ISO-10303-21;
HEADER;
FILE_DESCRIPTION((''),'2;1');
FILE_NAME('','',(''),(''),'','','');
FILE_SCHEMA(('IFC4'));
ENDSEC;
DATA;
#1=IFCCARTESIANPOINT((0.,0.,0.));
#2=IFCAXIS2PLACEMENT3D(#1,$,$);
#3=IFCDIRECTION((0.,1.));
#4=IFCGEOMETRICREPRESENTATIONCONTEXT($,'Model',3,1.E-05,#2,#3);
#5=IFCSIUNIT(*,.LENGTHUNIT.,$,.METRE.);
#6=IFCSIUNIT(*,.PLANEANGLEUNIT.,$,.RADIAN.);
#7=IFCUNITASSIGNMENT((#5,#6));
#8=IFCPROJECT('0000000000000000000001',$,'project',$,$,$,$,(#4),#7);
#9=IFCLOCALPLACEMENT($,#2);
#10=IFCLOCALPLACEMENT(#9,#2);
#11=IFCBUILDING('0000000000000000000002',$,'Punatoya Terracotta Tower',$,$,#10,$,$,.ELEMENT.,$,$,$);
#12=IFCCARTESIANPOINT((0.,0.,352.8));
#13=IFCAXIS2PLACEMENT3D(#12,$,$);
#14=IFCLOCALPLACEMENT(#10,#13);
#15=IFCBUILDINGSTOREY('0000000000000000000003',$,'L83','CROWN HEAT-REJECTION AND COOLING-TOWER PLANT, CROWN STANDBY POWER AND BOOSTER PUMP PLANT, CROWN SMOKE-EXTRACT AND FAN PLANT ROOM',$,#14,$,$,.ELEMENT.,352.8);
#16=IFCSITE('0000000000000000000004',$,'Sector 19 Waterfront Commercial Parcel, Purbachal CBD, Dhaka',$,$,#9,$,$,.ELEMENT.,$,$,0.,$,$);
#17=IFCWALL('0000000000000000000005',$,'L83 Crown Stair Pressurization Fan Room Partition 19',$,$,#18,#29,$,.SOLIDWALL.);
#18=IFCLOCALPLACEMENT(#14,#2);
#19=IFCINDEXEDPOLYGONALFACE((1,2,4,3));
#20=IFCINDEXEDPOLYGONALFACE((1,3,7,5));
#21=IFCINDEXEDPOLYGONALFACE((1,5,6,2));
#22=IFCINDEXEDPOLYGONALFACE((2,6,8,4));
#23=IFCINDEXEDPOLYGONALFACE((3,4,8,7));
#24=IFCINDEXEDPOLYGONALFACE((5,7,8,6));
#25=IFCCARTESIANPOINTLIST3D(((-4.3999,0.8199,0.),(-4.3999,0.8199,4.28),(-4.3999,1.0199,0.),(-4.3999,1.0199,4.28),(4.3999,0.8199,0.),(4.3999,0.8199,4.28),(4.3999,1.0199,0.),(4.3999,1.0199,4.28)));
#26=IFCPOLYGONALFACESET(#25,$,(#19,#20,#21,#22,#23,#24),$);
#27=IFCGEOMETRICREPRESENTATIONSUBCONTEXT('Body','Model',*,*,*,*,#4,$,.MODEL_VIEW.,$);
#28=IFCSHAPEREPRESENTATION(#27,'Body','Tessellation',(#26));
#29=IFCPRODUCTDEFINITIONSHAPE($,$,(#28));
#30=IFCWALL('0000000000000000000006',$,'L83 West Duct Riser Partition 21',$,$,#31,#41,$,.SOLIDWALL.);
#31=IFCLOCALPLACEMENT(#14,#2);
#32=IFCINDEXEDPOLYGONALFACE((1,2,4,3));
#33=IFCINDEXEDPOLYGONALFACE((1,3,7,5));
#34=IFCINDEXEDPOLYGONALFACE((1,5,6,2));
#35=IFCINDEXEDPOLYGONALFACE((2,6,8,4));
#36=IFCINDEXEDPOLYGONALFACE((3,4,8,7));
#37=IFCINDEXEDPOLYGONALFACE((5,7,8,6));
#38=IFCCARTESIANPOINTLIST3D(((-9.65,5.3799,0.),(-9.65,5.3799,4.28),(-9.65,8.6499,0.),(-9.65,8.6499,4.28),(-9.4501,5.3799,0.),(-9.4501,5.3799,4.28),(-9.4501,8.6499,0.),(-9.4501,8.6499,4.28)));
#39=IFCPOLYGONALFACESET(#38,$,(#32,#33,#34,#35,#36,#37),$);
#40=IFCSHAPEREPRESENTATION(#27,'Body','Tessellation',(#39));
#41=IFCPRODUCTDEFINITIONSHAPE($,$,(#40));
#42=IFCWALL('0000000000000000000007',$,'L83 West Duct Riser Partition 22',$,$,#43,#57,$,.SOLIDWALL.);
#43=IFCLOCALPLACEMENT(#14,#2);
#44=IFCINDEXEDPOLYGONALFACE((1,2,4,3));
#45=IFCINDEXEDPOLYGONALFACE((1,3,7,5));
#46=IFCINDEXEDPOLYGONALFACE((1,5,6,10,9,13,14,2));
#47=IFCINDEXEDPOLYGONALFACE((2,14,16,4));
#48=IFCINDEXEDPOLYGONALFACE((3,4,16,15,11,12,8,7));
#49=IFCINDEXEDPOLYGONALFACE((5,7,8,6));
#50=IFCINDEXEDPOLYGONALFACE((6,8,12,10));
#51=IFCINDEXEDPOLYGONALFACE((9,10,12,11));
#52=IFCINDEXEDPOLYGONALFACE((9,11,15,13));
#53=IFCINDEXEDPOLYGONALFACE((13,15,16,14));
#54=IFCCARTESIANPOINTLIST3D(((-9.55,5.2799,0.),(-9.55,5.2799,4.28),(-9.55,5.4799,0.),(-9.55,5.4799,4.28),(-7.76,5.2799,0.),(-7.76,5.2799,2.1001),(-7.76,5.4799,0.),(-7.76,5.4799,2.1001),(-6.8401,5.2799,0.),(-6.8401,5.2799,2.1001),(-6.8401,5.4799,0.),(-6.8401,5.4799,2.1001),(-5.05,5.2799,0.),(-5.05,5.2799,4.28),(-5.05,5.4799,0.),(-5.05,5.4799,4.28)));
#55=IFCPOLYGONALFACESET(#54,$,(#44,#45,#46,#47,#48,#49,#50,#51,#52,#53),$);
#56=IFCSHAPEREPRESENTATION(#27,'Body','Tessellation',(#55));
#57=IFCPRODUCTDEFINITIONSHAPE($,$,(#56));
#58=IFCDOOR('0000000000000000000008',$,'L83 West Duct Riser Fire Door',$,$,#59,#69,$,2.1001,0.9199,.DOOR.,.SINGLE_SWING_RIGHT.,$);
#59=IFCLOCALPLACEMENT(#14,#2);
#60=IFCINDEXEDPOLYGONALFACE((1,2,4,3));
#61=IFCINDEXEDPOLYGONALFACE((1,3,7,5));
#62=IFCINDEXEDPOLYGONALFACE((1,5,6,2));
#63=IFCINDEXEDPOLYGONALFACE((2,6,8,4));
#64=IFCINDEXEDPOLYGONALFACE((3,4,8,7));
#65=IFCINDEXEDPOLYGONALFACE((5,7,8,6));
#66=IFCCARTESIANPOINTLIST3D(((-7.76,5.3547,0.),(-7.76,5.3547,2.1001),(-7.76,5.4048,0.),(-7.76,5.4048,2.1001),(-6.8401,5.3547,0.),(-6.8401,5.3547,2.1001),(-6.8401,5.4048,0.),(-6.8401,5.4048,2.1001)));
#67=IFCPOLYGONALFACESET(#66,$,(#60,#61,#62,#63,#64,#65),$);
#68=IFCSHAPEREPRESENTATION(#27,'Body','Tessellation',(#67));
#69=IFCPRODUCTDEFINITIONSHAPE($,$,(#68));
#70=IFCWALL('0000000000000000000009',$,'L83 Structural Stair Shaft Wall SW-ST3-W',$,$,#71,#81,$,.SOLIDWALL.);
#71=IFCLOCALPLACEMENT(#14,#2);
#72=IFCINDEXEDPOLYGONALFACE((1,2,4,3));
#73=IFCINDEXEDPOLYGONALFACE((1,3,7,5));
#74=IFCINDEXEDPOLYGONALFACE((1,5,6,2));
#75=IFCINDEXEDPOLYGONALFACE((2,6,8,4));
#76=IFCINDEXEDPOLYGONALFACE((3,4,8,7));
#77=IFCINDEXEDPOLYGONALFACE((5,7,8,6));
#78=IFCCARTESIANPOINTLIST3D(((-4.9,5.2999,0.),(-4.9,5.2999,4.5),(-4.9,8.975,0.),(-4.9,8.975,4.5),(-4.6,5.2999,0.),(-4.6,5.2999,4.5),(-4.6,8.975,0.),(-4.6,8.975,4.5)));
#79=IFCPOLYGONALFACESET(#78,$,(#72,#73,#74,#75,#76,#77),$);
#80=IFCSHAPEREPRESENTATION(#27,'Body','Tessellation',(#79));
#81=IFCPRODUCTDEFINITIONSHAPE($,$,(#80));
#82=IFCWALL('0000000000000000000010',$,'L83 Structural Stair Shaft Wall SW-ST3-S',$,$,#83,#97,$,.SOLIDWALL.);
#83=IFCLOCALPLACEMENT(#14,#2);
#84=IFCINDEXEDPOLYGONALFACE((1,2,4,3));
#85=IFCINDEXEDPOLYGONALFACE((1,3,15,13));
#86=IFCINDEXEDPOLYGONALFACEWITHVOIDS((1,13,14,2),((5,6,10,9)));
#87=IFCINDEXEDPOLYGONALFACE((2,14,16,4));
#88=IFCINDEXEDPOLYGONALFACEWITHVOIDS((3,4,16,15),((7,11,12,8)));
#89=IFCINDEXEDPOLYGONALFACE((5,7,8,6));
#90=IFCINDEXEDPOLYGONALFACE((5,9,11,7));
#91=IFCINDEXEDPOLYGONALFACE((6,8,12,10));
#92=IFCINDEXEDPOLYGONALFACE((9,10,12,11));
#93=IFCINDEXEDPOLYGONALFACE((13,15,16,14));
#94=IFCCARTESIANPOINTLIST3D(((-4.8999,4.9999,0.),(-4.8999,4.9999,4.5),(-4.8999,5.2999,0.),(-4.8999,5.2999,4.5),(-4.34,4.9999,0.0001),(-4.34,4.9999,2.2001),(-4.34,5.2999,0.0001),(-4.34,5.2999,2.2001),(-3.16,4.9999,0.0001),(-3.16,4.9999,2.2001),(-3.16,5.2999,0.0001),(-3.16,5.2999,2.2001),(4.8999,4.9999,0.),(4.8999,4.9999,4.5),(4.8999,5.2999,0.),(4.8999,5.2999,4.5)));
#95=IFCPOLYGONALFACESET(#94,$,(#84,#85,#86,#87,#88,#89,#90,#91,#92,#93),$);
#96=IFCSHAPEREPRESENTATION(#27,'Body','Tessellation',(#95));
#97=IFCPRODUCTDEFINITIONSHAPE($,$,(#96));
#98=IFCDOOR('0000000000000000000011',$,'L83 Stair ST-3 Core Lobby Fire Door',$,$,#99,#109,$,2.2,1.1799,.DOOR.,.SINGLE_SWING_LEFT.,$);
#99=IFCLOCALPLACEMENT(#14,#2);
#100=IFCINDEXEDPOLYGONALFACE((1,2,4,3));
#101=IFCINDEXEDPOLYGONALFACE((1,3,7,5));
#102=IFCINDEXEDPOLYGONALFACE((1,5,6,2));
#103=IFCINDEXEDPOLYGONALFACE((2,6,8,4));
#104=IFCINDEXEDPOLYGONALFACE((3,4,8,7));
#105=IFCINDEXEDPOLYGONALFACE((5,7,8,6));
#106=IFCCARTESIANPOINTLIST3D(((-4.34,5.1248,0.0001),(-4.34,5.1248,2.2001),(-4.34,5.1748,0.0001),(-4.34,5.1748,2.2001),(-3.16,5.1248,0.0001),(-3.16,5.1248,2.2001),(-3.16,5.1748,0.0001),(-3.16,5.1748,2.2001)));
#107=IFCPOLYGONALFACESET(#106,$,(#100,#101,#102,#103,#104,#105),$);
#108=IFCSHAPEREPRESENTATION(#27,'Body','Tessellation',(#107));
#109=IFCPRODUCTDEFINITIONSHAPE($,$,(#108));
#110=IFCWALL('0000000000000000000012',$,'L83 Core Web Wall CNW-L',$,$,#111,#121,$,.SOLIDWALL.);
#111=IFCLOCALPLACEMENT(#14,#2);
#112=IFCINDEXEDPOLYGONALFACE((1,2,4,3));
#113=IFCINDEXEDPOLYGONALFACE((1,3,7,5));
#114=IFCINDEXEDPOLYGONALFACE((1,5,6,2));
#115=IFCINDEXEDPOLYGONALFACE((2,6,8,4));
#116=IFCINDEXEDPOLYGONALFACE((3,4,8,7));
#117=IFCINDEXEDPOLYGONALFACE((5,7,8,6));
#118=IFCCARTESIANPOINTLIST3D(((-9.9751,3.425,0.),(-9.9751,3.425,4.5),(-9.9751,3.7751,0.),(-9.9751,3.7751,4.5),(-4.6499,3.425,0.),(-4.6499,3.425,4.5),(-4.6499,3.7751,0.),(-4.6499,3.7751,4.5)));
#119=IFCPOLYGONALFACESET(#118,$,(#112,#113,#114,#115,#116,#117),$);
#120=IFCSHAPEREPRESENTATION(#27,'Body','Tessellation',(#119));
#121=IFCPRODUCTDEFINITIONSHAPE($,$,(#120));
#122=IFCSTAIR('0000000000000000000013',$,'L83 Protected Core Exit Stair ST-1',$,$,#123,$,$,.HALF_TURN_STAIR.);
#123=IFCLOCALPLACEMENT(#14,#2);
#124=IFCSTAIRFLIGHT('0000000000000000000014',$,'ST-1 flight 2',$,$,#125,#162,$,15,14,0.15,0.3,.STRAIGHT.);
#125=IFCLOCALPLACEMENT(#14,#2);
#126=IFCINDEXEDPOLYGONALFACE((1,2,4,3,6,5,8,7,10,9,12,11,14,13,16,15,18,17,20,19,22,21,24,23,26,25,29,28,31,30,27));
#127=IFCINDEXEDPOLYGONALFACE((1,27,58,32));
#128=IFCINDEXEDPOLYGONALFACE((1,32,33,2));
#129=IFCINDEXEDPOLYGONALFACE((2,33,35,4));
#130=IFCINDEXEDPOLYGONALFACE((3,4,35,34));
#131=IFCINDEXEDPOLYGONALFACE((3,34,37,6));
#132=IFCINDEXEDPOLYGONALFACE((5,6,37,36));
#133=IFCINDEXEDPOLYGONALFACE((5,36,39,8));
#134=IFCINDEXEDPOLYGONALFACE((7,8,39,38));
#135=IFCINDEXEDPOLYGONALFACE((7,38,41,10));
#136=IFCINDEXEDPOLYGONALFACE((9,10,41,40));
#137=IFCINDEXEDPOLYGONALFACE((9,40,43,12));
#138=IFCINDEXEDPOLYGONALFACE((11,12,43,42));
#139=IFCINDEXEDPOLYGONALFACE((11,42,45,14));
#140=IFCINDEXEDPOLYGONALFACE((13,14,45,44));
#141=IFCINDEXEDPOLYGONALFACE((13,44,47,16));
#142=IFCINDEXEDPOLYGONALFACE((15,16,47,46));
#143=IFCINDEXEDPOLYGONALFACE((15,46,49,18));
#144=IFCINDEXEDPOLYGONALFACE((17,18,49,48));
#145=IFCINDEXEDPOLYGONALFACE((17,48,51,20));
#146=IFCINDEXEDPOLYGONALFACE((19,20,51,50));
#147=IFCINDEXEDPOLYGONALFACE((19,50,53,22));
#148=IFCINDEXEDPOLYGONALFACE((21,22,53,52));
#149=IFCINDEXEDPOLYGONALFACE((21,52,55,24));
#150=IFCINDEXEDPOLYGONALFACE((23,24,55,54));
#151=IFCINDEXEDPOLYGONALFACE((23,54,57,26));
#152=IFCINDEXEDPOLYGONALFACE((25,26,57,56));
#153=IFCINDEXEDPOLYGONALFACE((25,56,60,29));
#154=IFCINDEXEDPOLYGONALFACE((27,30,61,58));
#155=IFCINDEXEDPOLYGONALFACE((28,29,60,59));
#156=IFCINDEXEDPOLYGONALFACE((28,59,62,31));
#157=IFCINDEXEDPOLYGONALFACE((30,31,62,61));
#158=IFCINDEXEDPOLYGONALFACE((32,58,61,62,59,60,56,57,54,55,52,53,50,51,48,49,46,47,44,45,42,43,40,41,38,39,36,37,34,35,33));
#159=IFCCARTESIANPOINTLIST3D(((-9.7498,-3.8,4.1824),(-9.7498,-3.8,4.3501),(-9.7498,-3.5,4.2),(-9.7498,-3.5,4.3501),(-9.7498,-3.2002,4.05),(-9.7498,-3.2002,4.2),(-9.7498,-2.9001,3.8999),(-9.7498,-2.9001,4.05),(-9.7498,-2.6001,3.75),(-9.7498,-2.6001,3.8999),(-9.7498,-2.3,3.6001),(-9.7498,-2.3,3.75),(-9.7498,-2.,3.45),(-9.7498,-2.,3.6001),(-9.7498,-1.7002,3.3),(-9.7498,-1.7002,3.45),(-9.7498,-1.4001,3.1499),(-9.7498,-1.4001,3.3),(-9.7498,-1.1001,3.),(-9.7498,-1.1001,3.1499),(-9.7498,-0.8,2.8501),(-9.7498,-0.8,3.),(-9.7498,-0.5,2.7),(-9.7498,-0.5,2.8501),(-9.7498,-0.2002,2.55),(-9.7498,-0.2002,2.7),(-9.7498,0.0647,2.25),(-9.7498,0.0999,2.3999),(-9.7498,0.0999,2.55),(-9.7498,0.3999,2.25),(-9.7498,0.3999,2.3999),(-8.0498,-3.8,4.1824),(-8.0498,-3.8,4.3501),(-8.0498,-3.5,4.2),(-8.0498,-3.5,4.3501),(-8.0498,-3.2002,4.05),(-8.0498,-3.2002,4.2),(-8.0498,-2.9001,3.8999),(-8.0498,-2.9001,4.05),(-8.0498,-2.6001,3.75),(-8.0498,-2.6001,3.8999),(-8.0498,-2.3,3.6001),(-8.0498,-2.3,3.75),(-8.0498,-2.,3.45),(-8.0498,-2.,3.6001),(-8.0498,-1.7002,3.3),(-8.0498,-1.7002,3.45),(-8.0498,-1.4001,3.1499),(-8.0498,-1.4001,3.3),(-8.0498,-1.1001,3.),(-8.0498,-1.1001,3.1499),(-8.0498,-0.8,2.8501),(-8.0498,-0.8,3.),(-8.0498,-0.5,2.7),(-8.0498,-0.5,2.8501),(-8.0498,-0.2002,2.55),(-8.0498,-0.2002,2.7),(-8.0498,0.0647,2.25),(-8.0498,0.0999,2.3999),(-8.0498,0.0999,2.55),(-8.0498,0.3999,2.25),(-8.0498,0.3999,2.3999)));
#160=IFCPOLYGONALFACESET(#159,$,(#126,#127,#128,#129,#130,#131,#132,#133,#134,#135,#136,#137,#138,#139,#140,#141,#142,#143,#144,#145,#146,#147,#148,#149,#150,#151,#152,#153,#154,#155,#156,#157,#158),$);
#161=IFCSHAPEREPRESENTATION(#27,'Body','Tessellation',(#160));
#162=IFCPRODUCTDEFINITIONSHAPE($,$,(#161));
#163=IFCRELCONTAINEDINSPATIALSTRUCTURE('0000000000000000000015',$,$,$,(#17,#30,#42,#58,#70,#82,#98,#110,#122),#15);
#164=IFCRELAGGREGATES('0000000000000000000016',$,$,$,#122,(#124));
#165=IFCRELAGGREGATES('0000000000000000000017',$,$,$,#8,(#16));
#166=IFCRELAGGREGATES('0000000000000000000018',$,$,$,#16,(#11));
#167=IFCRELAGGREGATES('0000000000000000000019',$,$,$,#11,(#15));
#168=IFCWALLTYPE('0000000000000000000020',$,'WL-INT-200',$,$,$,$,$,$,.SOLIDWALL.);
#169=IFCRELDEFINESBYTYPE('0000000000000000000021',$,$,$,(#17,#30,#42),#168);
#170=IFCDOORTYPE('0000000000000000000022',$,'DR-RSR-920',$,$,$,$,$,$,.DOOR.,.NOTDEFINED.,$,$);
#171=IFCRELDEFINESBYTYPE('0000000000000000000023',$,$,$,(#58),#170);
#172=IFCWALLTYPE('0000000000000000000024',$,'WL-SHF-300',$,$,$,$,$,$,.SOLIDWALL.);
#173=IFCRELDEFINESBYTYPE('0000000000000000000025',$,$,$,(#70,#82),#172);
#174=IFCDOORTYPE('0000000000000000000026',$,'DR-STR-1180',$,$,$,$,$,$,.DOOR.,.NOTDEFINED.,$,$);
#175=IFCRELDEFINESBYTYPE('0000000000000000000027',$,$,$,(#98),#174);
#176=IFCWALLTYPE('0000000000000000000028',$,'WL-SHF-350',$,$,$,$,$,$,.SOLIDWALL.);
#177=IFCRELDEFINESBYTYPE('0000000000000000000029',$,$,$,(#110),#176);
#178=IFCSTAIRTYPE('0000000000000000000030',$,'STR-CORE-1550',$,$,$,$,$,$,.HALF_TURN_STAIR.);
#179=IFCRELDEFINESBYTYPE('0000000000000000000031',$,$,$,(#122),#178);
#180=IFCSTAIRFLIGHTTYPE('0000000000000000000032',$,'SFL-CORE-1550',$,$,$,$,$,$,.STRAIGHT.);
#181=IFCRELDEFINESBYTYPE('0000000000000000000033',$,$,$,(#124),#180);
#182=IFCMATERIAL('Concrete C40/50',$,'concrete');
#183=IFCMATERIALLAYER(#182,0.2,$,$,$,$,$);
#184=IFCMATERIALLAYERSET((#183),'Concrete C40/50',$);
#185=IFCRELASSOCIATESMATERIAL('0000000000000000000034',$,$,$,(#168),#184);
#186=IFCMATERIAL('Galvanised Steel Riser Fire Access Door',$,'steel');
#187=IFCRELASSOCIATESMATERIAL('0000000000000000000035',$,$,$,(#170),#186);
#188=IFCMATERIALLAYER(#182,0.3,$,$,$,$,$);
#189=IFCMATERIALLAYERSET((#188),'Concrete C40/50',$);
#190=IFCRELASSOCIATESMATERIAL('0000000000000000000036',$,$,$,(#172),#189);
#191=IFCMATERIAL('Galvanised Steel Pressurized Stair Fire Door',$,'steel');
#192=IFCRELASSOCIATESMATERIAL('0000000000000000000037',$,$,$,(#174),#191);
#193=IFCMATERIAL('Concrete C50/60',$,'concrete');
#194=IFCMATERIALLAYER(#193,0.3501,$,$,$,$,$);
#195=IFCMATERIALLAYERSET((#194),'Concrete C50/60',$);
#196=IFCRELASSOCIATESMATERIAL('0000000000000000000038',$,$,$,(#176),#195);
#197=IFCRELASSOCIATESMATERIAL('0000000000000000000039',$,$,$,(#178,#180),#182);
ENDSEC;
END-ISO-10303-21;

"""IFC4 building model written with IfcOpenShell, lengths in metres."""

from ifc_helpers import new_model, si_unit, direction, frame, frame_2d, origin, place, context, subcontext, project, spatial, polyline, rectangle, outline, extrude, material, layer, layer_set, type_object, element, fill, aggregate, save


model = new_model("IFC4")

# Units and contexts
model_context = context("Model", 3, precision=1e-05, world=origin(), true_north=direction((0.0, 1.0)))
body_context = subcontext(model_context, "Body", "Model", "MODEL_VIEW")
ifc_project = project(units=[si_unit("LENGTHUNIT", "METRE"), si_unit("PLANEANGLEUNIT", "RADIAN")], contexts=[model_context])

# Site, building, storey
site_placement = place(None, origin())
site = spatial("IfcSite", under=ifc_project, at=site_placement, Name="Sector 19 Waterfront Commercial Parcel, Purbachal CBD, Dhaka", CompositionType="ELEMENT", RefElevation=0.0)
building_placement = place(site_placement, origin())
building = spatial("IfcBuilding", under=site, at=building_placement, Name="Punatoya Terracotta Tower", CompositionType="ELEMENT")
storey_placement = place(building_placement, frame((0.0, 0.0, 352.8)))
storey = spatial("IfcBuildingStorey", under=building, at=storey_placement, Name="L83", Description="CROWN HEAT-REJECTION AND COOLING-TOWER PLANT, CROWN STANDBY POWER AND BOOSTER PUMP PLANT, CROWN SMOKE-EXTRACT AND FAN PLANT ROOM", CompositionType="ELEMENT", Elevation=352.8)

# Shared definitions
ifc_material_1 = material(Name="Concrete C50/60", Category="concrete")

# Shared definitions
ifc_material_2 = material(Name="Concrete C40/50", Category="concrete")

# Walls
ifc_layer_1 = layer(ifc_material_2, 0.2)
ifc_layer_set_1 = layer_set([ifc_layer_1], Name="Concrete C40/50")
wall_type_1 = type_object("IfcWallType", Name="WL-INT-200", PredefinedType="SOLIDWALL", material=ifc_layer_set_1)
wall_1_placement = place(storey_placement, frame((-4.3999, 0.9199, 0.0), z_axis=(0.0, 0.0, 1.0), x_axis=(1.0, 0.0, 0.0)))
element("IfcWall", 1, at=wall_1_placement, inside=storey, type_object=wall_type_1, Name="L83 Crown Stair Pressurization Fan Room Partition 19", PredefinedType="SOLIDWALL", context=body_context, shape_type="SweptSolid", body=[
    extrude(rectangle(XDim=8.7998, YDim=0.2, at=frame_2d((4.3999, 0.0))), origin(), (0.0, 0.0, 1.0), 4.28),
])
wall_2_placement = place(storey_placement, frame((-9.55, 8.6499, 0.0), z_axis=(0.0, 0.0, 1.0), x_axis=(0.0, -1.0, 0.0)))
element("IfcWall", 2, at=wall_2_placement, inside=storey, type_object=wall_type_1, Name="L83 West Duct Riser Partition 21", PredefinedType="SOLIDWALL", context=body_context, shape_type="SweptSolid", body=[
    extrude(rectangle(XDim=3.27, YDim=0.2, at=frame_2d((1.635, 0.0))), origin(), (0.0, 0.0, 1.0), 4.28),
])

# Wall, opening, door
wall_3_placement = place(storey_placement, frame((-9.55, 5.3799, 0.0), z_axis=(0.0, 0.0, 1.0), x_axis=(1.0, 0.0, 0.0)))
wall_3 = element("IfcWall", 3, at=wall_3_placement, inside=storey, type_object=wall_type_1, Name="L83 West Duct Riser Partition 22", PredefinedType="SOLIDWALL", context=body_context, shape_type="SweptSolid", body=[
    extrude(rectangle(XDim=4.5, YDim=0.2, at=frame_2d((2.25, 0.0))), origin(), (0.0, 0.0, 1.0), 4.28),
])
opening_1_placement = place(wall_3_placement, frame((1.79, 0.0, 0.0)))
opening_1 = element("IfcOpeningElement", 4, at=opening_1_placement, cuts=wall_3, PredefinedType="OPENING", context=body_context, shape_type="SweptSolid", body=[
    extrude(rectangle(XDim=0.9199, YDim=2.1001, at=frame_2d((0.46, 1.05))), frame((0.0, 0.1099, 0.0), z_axis=(0.0, -1.0, 0.0), x_axis=(1.0, 0.0, 0.0)), (0.0, 0.0, 1.0), 0.22),
])
ifc_material_3 = material(Name="Galvanised Steel Riser Fire Access Door", Category="steel")
door_type_1 = type_object("IfcDoorType", Name="DR-RSR-920", OperationType="NOTDEFINED", PredefinedType="DOOR", material=ifc_material_3)
door_1_placement = place(opening_1_placement, origin())
door_1 = element("IfcDoor", 5, at=door_1_placement, inside=storey, type_object=door_type_1, Name="L83 West Duct Riser Fire Door", OperationType="SINGLE_SWING_RIGHT", OverallHeight=2.1001, OverallWidth=0.9199, PredefinedType="DOOR", context=body_context, shape_type="SweptSolid", body=[
    extrude(rectangle(XDim=0.9199, YDim=2.1001, at=frame_2d((0.46, 1.05))), frame((0.0, 0.0249, 0.0), z_axis=(0.0, -1.0, 0.0), x_axis=(1.0, 0.0, 0.0)), (0.0, 0.0, 1.0), 0.05),
])
fill(opening_1, door_1)

# Wall
ifc_layer_2 = layer(ifc_material_2, 0.3)
ifc_layer_set_2 = layer_set([ifc_layer_2], Name="Concrete C40/50")
wall_type_2 = type_object("IfcWallType", Name="WL-SHF-300", PredefinedType="SOLIDWALL", material=ifc_layer_set_2)
wall_4_placement = place(storey_placement, frame((-4.75, 5.3, 0.0), z_axis=(0.0, 0.0, 1.0), x_axis=(0.0, 1.0, 0.0)))
element("IfcWall", 6, at=wall_4_placement, inside=storey, type_object=wall_type_2, Name="L83 Structural Stair Shaft Wall SW-ST3-W", PredefinedType="SOLIDWALL", context=body_context, shape_type="SweptSolid", body=[
    extrude(rectangle(XDim=3.675, YDim=0.3, at=frame_2d((1.8374, 0.0))), origin(), (0.0, 0.0, 1.0), 4.5),
])

# Wall, opening, door
wall_5_placement = place(storey_placement, frame((-4.8999, 5.1499, 0.0), z_axis=(0.0, 0.0, 1.0), x_axis=(1.0, 0.0, 0.0)))
wall_5 = element("IfcWall", 7, at=wall_5_placement, inside=storey, type_object=wall_type_2, Name="L83 Structural Stair Shaft Wall SW-ST3-S", PredefinedType="SOLIDWALL", context=body_context, shape_type="SweptSolid", body=[
    extrude(rectangle(XDim=9.7998, YDim=0.3, at=frame_2d((4.8999, 0.0))), origin(), (0.0, 0.0, 1.0), 4.5),
])
opening_2_placement = place(wall_5_placement, frame((0.5601, 0.0, 0.0)))
opening_2 = element("IfcOpeningElement", 8, at=opening_2_placement, cuts=wall_5, PredefinedType="OPENING", context=body_context, shape_type="SweptSolid", body=[
    extrude(rectangle(XDim=1.1799, YDim=2.2, at=frame_2d((0.5898, 1.1001))), frame((0.0, 0.1599, 0.0), z_axis=(0.0, -1.0, 0.0), x_axis=(1.0, 0.0, 0.0)), (0.0, 0.0, 1.0), 0.3201),
])
ifc_material_4 = material(Name="Galvanised Steel Pressurized Stair Fire Door", Category="steel")
door_type_2 = type_object("IfcDoorType", Name="DR-STR-1180", OperationType="NOTDEFINED", PredefinedType="DOOR", material=ifc_material_4)
door_2_placement = place(opening_2_placement, origin())
door_2 = element("IfcDoor", 9, at=door_2_placement, inside=storey, type_object=door_type_2, Name="L83 Stair ST-3 Core Lobby Fire Door", OperationType="SINGLE_SWING_LEFT", OverallHeight=2.2, OverallWidth=1.1799, PredefinedType="DOOR", context=body_context, shape_type="SweptSolid", body=[
    extrude(rectangle(XDim=1.1799, YDim=2.2, at=frame_2d((0.5898, 1.1001))), frame((0.0, 0.0249, 0.0), z_axis=(0.0, -1.0, 0.0), x_axis=(1.0, 0.0, 0.0)), (0.0, 0.0, 1.0), 0.05),
])
fill(opening_2, door_2)

# Wall
ifc_layer_3 = layer(ifc_material_1, 0.3501)
ifc_layer_set_3 = layer_set([ifc_layer_3], Name="Concrete C50/60")
wall_type_3 = type_object("IfcWallType", Name="WL-SHF-350", PredefinedType="SOLIDWALL", material=ifc_layer_set_3)
wall_6_placement = place(storey_placement, frame((-9.9751, 3.6001, 0.0), z_axis=(0.0, 0.0, 1.0), x_axis=(1.0, 0.0, 0.0)))
element("IfcWall", 10, at=wall_6_placement, inside=storey, type_object=wall_type_3, Name="L83 Core Web Wall CNW-L", PredefinedType="SOLIDWALL", context=body_context, shape_type="SweptSolid", body=[
    extrude(rectangle(XDim=5.3252, YDim=0.3501, at=frame_2d((2.6626, 0.0))), origin(), (0.0, 0.0, 1.0), 4.5),
])

# Stair, stair flight
stair_type_1 = type_object("IfcStairType", Name="STR-CORE-1550", PredefinedType="HALF_TURN_STAIR", material=ifc_material_2)
stair_1_placement = place(storey_placement, origin())
stair_1 = element("IfcStair", 11, at=stair_1_placement, inside=storey, type_object=stair_type_1, Name="L83 Protected Core Exit Stair ST-1", PredefinedType="HALF_TURN_STAIR")
stair_flight_type_1 = type_object("IfcStairFlightType", Name="SFL-CORE-1550", PredefinedType="STRAIGHT", material=ifc_material_2)
stair_flight_1_placement = place(storey_placement, frame((-8.8999, 0.3999, 2.25), z_axis=(0.0, 0.0, 1.0), x_axis=(0.0, -1.0, 0.0)))
stair_flight_1 = element("IfcStairFlight", 12, at=stair_flight_1_placement, type_object=stair_flight_type_1, Name="ST-1 flight 2", NumberOfRisers=15, NumberOfTreads=14, PredefinedType="STRAIGHT", RiserHeight=0.15, TreadLength=0.3, context=body_context, shape_type="SweptSolid", body=[
    extrude(outline(polyline([(0.0, 0.0), (0.0, 0.1499), (0.3, 0.1499), (0.3, 0.3), (0.6001, 0.3), (0.6001, 0.45), (0.8999, 0.45), (0.8999, 0.6001), (1.2, 0.6001), (1.2, 0.75), (1.5, 0.75), (1.5, 0.8999), (1.8, 0.8999), (1.8, 1.05), (2.1001, 1.05), (2.1001, 1.2), (2.3999, 1.2), (2.3999, 1.3501), (2.7, 1.3501), (2.7, 1.5), (3.0, 1.5), (3.0, 1.6499), (3.3, 1.6499), (3.3, 1.8), (3.6001, 1.8), (3.6001, 1.95), (3.8999, 1.95), (3.8999, 2.1001), (4.2, 2.1001), (4.2, 2.25), (4.2, 1.9324), (0.3352, 0.0), (0.0, 0.0)])), frame((0.0, 0.8501, 0.0), z_axis=(0.0, -1.0, 0.0), x_axis=(1.0, 0.0, 0.0)), (0.0, 0.0, 1.0), 1.7),
])
aggregate(stair_1, [stair_flight_1])

save(model, "model.ifc")
